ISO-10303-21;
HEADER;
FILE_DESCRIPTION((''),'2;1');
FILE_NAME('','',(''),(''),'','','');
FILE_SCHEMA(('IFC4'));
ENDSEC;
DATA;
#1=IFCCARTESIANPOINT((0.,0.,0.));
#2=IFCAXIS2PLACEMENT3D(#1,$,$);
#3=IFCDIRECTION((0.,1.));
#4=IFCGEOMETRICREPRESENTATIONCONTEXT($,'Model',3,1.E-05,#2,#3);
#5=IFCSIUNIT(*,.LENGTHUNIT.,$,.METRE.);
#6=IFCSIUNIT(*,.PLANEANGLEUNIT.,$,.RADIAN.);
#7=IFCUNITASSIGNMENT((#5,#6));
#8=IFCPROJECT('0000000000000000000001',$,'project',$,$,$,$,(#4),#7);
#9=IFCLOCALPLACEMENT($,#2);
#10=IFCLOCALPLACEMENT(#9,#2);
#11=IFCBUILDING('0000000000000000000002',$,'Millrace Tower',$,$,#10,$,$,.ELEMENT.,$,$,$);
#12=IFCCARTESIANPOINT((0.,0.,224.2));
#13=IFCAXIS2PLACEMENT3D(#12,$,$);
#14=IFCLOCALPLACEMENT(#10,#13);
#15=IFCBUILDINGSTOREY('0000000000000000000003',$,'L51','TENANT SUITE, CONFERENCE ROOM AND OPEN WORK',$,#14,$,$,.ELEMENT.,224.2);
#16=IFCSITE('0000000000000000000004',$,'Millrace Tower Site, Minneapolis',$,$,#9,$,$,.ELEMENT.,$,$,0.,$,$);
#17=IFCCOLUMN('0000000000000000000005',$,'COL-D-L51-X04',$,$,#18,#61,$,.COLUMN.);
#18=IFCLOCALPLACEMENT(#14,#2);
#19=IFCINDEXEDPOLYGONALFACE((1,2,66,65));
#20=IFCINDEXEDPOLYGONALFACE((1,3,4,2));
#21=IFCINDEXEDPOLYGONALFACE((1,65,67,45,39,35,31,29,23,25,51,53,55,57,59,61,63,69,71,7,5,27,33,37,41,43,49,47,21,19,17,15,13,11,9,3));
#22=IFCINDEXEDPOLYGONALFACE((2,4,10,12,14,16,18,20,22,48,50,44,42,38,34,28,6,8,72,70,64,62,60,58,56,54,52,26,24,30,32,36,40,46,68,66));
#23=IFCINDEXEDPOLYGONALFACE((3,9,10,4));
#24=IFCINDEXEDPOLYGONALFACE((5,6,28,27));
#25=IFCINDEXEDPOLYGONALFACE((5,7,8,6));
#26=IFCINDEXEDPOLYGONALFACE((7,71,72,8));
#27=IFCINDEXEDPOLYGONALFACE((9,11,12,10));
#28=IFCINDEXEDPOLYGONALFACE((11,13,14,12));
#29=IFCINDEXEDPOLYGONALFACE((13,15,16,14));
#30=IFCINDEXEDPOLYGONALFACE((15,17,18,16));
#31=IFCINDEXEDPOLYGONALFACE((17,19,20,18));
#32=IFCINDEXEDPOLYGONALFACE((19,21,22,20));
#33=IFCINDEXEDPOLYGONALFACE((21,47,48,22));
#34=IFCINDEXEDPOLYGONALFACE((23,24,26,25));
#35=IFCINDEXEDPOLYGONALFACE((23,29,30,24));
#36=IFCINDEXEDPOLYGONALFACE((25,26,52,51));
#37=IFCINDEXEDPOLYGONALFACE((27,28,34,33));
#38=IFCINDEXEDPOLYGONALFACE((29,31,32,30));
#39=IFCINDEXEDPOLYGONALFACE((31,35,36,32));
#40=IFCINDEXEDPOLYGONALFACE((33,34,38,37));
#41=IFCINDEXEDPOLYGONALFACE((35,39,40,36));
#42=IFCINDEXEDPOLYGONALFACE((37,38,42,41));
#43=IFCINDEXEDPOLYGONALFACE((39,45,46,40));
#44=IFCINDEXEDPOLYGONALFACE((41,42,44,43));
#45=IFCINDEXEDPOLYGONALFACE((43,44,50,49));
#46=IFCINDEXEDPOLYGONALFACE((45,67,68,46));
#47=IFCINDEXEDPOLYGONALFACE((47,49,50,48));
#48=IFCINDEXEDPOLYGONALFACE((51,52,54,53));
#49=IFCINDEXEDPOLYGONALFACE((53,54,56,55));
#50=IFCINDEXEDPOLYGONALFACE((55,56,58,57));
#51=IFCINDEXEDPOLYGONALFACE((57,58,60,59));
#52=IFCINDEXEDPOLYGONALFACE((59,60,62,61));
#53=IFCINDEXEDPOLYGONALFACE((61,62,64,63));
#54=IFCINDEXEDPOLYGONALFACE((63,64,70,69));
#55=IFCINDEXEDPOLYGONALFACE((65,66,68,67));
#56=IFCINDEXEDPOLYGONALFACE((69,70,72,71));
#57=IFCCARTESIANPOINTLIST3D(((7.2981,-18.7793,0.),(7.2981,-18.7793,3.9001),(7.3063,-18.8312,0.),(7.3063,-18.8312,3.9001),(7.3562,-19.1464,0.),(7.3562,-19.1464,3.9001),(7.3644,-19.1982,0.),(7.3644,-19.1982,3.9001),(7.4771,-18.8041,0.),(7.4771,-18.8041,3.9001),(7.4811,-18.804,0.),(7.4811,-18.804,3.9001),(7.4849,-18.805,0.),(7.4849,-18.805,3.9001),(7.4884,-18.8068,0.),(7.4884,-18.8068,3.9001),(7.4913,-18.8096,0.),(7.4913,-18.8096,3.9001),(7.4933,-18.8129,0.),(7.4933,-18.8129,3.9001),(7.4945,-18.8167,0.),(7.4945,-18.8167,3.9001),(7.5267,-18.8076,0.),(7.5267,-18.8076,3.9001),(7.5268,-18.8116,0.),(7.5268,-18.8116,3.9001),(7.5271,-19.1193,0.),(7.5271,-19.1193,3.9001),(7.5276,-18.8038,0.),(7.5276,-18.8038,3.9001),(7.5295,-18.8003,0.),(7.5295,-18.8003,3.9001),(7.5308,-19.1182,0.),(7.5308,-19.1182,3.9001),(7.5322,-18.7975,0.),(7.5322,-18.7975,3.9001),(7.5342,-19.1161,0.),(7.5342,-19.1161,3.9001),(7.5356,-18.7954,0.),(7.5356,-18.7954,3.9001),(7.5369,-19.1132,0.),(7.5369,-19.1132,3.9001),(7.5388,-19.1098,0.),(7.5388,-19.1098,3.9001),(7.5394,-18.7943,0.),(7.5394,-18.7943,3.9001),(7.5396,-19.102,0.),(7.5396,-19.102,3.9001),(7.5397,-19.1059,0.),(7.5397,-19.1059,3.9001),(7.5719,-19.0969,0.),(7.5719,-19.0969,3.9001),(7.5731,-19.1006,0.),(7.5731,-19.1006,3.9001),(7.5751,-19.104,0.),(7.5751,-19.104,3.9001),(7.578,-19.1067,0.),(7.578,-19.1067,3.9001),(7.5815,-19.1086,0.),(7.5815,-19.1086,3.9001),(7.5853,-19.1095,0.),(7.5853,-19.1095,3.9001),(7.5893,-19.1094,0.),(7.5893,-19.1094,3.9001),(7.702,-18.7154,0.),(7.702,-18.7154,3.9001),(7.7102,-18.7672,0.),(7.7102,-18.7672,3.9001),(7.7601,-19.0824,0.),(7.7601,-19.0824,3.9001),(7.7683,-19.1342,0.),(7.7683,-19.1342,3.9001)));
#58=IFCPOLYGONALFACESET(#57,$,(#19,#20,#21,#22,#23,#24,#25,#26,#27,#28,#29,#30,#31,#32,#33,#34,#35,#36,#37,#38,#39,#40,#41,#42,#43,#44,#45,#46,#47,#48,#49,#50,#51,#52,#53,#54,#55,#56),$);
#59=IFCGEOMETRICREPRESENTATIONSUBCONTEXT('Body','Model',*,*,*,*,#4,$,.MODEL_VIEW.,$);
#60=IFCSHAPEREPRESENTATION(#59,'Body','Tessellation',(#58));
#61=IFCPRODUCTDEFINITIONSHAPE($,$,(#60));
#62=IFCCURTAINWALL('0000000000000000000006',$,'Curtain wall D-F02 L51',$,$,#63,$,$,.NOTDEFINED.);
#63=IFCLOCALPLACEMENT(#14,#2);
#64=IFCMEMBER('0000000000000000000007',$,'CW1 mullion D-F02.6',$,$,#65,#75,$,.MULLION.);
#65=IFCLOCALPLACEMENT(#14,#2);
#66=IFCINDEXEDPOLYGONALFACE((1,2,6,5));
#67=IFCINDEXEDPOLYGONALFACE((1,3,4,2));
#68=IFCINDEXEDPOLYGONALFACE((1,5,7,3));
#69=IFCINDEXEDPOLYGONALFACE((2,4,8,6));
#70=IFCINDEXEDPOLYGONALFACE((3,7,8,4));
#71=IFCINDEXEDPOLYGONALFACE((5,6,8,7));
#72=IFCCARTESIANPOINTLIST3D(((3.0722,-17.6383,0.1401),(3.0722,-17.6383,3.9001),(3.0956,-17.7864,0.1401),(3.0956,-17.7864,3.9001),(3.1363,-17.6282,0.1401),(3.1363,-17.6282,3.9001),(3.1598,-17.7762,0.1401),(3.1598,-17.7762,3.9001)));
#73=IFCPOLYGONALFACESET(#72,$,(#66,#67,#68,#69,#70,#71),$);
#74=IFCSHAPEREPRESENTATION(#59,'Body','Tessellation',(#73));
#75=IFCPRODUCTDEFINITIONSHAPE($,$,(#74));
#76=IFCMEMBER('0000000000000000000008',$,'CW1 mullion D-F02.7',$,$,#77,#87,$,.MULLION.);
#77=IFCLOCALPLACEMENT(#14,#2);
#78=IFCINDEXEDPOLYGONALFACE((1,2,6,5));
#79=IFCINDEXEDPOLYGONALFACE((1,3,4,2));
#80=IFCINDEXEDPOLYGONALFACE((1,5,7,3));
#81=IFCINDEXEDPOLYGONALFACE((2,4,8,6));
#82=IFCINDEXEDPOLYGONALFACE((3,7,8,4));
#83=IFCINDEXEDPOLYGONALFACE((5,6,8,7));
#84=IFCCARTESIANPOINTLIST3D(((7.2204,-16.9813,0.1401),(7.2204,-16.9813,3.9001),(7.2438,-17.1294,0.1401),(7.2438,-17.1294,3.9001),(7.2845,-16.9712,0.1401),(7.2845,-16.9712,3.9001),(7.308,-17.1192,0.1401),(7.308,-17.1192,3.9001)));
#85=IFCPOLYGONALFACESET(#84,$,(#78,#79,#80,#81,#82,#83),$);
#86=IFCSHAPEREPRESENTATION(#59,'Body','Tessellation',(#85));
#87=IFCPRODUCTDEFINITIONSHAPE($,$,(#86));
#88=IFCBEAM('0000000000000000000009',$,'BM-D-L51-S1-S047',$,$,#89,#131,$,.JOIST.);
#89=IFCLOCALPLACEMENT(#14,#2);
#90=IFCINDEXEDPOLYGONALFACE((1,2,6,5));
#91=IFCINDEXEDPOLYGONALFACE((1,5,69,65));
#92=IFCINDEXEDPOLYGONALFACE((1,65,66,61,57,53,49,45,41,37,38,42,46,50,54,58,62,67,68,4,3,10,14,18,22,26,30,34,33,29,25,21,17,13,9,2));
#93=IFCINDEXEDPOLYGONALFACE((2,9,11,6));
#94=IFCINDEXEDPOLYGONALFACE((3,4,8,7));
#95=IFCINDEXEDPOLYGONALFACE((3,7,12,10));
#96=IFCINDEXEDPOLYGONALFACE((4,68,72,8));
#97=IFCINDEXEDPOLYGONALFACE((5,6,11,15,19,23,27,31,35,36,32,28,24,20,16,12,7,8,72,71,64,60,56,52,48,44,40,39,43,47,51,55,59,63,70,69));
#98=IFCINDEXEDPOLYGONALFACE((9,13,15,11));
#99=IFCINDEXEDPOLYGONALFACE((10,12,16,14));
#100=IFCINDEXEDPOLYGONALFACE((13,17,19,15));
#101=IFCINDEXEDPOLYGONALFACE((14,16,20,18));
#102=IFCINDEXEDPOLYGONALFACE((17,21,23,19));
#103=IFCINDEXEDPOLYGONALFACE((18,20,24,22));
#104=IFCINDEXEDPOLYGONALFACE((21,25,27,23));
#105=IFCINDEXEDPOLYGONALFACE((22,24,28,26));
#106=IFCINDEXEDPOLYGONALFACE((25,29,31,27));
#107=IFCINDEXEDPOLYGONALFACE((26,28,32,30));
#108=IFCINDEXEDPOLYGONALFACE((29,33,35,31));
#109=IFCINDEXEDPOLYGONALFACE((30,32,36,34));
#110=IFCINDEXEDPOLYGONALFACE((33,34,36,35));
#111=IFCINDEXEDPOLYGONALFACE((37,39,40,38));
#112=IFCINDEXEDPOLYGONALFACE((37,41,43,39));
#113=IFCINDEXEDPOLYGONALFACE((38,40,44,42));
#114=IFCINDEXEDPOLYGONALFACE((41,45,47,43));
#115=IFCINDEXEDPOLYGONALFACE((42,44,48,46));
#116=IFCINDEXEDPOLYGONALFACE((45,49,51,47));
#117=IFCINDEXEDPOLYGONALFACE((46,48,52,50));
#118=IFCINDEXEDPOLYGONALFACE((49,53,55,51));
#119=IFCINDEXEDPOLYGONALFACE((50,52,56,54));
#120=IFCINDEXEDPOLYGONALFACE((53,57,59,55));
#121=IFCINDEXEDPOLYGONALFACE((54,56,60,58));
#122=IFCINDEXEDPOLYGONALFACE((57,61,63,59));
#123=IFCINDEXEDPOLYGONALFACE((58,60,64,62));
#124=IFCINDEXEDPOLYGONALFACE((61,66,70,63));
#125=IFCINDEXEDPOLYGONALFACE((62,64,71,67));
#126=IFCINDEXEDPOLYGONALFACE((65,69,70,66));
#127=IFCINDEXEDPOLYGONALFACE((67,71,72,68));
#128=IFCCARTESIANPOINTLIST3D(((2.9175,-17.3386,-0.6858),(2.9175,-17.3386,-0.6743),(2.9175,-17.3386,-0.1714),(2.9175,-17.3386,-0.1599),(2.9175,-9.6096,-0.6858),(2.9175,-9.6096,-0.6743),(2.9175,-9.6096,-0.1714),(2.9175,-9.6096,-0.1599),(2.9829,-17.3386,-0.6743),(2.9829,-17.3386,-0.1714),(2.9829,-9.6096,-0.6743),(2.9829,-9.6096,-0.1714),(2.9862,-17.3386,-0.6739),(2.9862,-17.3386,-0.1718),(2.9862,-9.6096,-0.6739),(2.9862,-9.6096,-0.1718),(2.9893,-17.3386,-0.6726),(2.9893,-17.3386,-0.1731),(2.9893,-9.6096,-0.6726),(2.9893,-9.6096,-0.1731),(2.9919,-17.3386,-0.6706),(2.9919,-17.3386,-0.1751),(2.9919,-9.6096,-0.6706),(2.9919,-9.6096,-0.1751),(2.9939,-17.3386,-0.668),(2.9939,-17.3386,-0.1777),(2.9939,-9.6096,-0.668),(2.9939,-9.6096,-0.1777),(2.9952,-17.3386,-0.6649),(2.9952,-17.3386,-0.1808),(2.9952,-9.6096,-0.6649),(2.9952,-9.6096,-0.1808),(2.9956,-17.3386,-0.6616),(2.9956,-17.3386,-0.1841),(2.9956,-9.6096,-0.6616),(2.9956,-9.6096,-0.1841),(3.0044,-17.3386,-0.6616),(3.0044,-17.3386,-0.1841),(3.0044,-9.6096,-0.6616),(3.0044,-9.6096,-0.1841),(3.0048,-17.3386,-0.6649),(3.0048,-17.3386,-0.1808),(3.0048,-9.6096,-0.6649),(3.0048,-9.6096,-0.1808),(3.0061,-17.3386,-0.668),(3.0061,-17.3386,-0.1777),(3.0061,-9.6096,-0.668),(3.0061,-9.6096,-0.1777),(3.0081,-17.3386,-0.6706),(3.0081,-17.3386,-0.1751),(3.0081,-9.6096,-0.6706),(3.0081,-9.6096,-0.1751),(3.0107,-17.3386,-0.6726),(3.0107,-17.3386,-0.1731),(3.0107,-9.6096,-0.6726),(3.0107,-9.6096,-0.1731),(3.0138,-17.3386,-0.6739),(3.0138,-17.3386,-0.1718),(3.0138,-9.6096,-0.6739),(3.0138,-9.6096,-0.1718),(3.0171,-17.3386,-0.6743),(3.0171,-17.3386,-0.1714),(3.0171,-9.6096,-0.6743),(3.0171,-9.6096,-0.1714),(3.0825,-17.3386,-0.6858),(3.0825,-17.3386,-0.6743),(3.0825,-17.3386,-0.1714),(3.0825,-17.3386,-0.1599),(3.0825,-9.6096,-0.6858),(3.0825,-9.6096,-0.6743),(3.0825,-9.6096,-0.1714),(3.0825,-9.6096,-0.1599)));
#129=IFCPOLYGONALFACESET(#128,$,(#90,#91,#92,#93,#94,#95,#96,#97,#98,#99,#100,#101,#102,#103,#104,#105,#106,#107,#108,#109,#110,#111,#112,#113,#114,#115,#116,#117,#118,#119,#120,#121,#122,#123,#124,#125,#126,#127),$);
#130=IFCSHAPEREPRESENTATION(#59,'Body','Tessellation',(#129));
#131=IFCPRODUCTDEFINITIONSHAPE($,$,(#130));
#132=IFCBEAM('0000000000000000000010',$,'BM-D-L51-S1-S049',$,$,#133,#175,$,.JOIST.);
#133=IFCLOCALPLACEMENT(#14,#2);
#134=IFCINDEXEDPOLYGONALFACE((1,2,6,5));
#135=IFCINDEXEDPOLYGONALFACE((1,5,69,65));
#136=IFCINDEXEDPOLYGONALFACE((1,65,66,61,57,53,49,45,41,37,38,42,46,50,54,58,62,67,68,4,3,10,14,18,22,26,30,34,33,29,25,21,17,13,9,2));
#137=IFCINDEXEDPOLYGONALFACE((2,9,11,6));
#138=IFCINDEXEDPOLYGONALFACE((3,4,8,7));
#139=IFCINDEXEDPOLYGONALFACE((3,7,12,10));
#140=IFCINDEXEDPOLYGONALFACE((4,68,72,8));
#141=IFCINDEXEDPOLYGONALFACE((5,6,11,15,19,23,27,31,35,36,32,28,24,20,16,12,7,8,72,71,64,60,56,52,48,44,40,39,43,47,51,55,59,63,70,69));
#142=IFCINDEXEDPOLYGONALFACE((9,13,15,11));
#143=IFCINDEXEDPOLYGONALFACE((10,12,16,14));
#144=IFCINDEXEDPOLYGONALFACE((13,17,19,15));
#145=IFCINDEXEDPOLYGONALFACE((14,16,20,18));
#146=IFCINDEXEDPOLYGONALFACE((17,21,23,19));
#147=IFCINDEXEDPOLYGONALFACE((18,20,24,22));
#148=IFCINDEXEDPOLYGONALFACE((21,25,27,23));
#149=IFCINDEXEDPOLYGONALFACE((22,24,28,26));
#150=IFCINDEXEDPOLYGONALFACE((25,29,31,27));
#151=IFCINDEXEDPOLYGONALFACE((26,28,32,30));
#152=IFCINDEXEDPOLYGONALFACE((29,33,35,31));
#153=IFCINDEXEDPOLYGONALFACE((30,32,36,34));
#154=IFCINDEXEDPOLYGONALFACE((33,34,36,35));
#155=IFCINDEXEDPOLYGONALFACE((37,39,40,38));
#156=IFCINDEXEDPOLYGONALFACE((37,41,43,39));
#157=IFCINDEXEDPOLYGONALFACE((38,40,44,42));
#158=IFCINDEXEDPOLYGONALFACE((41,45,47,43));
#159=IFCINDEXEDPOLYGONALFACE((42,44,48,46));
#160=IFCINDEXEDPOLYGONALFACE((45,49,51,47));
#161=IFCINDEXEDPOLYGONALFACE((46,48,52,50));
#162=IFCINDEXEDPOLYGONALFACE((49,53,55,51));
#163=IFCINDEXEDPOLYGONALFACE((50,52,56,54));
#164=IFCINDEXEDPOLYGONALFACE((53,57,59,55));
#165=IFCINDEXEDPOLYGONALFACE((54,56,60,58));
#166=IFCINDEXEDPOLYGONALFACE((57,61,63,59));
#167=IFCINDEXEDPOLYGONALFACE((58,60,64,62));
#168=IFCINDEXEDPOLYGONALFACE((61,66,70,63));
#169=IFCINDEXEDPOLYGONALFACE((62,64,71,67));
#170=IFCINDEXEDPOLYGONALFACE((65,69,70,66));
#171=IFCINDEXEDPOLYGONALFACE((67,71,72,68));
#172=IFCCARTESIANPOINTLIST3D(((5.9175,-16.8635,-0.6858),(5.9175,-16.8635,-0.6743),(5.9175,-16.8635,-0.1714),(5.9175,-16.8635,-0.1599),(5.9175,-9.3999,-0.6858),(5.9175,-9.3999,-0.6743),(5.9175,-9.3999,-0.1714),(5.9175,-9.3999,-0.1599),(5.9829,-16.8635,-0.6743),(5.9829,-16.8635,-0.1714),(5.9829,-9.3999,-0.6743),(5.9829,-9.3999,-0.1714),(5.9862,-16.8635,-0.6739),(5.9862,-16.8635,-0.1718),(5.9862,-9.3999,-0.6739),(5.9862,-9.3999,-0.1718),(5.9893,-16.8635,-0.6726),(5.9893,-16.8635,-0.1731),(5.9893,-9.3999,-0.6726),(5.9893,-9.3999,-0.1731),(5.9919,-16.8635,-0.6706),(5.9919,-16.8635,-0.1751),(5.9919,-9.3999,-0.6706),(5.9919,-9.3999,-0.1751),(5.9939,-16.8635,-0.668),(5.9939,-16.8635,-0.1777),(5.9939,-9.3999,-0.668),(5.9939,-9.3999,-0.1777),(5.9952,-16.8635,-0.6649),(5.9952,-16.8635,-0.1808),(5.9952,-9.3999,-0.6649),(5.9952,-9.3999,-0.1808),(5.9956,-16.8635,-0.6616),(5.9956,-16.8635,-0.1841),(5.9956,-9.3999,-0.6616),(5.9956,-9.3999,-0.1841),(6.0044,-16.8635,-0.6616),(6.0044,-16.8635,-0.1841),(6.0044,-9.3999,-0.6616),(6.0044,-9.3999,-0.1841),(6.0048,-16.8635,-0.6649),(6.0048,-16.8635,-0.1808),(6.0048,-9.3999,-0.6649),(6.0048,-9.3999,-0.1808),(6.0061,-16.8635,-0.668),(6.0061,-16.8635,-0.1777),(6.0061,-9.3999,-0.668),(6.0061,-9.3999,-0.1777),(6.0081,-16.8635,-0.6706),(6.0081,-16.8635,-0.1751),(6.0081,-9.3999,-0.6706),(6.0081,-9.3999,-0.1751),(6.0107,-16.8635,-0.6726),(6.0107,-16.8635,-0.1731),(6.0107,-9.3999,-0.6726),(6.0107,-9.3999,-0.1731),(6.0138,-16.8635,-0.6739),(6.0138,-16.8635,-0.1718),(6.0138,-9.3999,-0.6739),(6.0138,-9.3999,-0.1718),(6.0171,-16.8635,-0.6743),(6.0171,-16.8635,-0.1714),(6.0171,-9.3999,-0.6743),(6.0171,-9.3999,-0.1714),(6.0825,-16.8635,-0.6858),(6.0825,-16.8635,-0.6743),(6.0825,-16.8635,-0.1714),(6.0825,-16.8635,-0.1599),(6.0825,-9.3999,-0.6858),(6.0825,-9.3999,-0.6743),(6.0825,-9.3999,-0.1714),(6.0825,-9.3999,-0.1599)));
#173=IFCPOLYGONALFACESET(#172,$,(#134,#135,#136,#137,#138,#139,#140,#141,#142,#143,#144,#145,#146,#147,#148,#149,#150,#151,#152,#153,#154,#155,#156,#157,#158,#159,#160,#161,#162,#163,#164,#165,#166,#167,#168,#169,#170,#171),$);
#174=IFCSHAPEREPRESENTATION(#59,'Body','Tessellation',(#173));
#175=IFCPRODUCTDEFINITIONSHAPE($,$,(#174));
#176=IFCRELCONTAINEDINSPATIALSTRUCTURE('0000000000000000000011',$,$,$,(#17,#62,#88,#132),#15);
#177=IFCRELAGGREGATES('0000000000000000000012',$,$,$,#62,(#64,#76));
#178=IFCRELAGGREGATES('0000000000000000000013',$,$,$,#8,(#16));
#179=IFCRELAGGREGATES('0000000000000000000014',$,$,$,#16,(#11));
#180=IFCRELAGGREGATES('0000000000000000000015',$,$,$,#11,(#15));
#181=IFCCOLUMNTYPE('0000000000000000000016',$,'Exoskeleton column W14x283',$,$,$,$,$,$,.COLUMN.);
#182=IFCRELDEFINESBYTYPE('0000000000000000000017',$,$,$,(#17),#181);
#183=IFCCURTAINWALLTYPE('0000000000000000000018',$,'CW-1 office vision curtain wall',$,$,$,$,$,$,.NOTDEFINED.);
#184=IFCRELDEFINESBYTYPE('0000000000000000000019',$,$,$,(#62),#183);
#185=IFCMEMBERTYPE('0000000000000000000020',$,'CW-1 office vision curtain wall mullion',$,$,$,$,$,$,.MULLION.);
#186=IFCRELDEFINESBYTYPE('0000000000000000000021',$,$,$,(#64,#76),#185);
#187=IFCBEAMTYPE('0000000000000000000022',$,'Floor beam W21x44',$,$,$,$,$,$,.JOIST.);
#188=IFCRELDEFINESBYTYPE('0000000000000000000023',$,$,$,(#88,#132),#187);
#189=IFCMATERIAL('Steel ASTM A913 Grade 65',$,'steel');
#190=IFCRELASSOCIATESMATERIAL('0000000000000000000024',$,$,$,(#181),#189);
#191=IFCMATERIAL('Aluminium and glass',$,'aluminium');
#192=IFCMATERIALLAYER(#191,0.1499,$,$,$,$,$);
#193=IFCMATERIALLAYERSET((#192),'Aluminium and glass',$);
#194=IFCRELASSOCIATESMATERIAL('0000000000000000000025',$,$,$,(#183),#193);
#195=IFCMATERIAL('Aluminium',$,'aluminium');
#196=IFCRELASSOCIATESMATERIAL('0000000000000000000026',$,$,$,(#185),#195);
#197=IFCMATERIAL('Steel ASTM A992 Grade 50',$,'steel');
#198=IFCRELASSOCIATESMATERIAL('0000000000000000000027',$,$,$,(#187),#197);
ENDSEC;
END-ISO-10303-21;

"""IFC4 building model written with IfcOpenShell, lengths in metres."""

from ifc_helpers import new_model, si_unit, direction, frame, origin, origin_2d, place, context, subcontext, project, spatial, rectangle, i_section, extrude, material, layer, layer_set, material_profile, profile_set, type_object, element, aggregate, save


model = new_model("IFC4")

# Units and contexts
model_context = context("Model", 3, precision=1e-05, world=origin(), true_north=direction((0.0, 1.0)))
body_context = subcontext(model_context, "Body", "Model", "MODEL_VIEW")
ifc_project = project(units=[si_unit("LENGTHUNIT", "METRE"), si_unit("PLANEANGLEUNIT", "RADIAN")], contexts=[model_context])

# Site, building, storey
site_placement = place(None, origin())
site = spatial("IfcSite", under=ifc_project, at=site_placement, Name="Millrace Tower Site, Minneapolis", CompositionType="ELEMENT", RefElevation=0.0)
building_placement = place(site_placement, origin())
building = spatial("IfcBuilding", under=site, at=building_placement, Name="Millrace Tower", CompositionType="ELEMENT")
storey_placement = place(building_placement, frame((0.0, 0.0, 224.2)))
storey = spatial("IfcBuildingStorey", under=building, at=storey_placement, Name="L51", Description="TENANT SUITE, CONFERENCE ROOM AND OPEN WORK", CompositionType="ELEMENT", Elevation=224.2)

# Column
ifc_material_1 = material(Name="Steel ASTM A913 Grade 65", Category="steel")
ifc_material_profile_1 = material_profile(ifc_material_1, i_section(OverallWidth=0.4089, OverallDepth=0.4241, WebThickness=0.0327, FlangeThickness=0.0525, FilletRadius=0.0151, at=origin_2d()))
ifc_profile_set_1 = profile_set([ifc_material_profile_1], Name="Steel ASTM A913 Grade 65")
column_type = type_object("IfcColumnType", Name="Exoskeleton column W14x283", PredefinedType="COLUMN", material=ifc_profile_set_1)
column_placement = place(storey_placement, frame((7.5332, -18.9568, 0.0), z_axis=(0.0, 0.0, 1.0), x_axis=(0.987688, 0.156434, 0.0)))
element("IfcColumn", 1, at=column_placement, inside=storey, type_object=column_type, Name="COL-D-L51-X04", PredefinedType="COLUMN", context=body_context, shape_type="SweptSolid", body=[
    extrude(i_section(OverallWidth=0.4089, OverallDepth=0.4241, WebThickness=0.0327, FlangeThickness=0.0525, FilletRadius=0.0151, at=origin_2d()), origin(), (0.0, 0.0, 1.0), 3.9001),
])

# Curtain wall, members
ifc_material_2 = material(Name="Aluminium and glass", Category="aluminium")
ifc_layer_1 = layer(ifc_material_2, 0.1499)
ifc_layer_set_1 = layer_set([ifc_layer_1], Name="Aluminium and glass")
curtain_wall_type = type_object("IfcCurtainWallType", Name="CW-1 office vision curtain wall", PredefinedType="NOTDEFINED", material=ifc_layer_set_1)
placement = place(storey_placement, origin())
curtain_wall_1 = element("IfcCurtainWall", 2, at=placement, inside=storey, type_object=curtain_wall_type, Name="Curtain wall D-F02 L51", PredefinedType="NOTDEFINED")
ifc_material_3 = material(Name="Aluminium", Category="aluminium")
ifc_material_profile_2 = material_profile(ifc_material_3, rectangle(XDim=0.0649, YDim=0.1499, at=origin_2d()))
ifc_profile_set_2 = profile_set([ifc_material_profile_2], Name="Aluminium")
member_type = type_object("IfcMemberType", Name="CW-1 office vision curtain wall mullion", PredefinedType="MULLION", material=ifc_profile_set_2)
member_1_placement = place(storey_placement, frame((3.116, -17.7073, 0.1401), z_axis=(0.0, 0.0, 1.0), x_axis=(0.987688, 0.156434, 0.0)))
member_1 = element("IfcMember", 3, at=member_1_placement, type_object=member_type, Name="CW1 mullion D-F02.6", PredefinedType="MULLION", context=body_context, shape_type="SweptSolid", body=[
    extrude(rectangle(XDim=0.0649, YDim=0.1499, at=origin_2d()), origin(), (0.0, 0.0, 1.0), 3.76),
])
member_2_placement = place(storey_placement, frame((7.2642, -17.0503, 0.1401), z_axis=(0.0, 0.0, 1.0), x_axis=(0.987688, 0.156434, 0.0)))
member_2 = element("IfcMember", 4, at=member_2_placement, type_object=member_type, Name="CW1 mullion D-F02.7", PredefinedType="MULLION", context=body_context, shape_type="SweptSolid", body=[
    extrude(rectangle(XDim=0.0649, YDim=0.1499, at=origin_2d()), origin(), (0.0, 0.0, 1.0), 3.76),
])
aggregate(curtain_wall_1, [member_1, member_2])

# Beams
ifc_material_4 = material(Name="Steel ASTM A992 Grade 50", Category="steel")
ifc_material_profile_3 = material_profile(ifc_material_4, i_section(OverallWidth=0.165, OverallDepth=0.5259, WebThickness=0.0088, FlangeThickness=0.0115, FilletRadius=0.0127, at=origin_2d()))
ifc_profile_set_3 = profile_set([ifc_material_profile_3], Name="Steel ASTM A992 Grade 50")
beam_type_1 = type_object("IfcBeamType", Name="Floor beam W21x44", PredefinedType="JOIST", material=ifc_profile_set_3)
beam_1_placement = place(storey_placement, frame((3.0, -17.3386, -0.4229), z_axis=(0.0, 1.0, 0.0), x_axis=(-1.0, 0.0, 0.0)))
element("IfcBeam", 5, at=beam_1_placement, inside=storey, type_object=beam_type_1, Name="BM-D-L51-S1-S047", PredefinedType="JOIST", context=body_context, shape_type="SweptSolid", body=[
    extrude(i_section(OverallWidth=0.165, OverallDepth=0.5259, WebThickness=0.0088, FlangeThickness=0.0115, FilletRadius=0.0127, at=origin_2d()), origin(), (0.0, 0.0, 1.0), 7.729),
])
beam_2_placement = place(storey_placement, frame((6.0, -16.8635, -0.4229), z_axis=(0.0, 1.0, 0.0), x_axis=(-1.0, 0.0, 0.0)))
element("IfcBeam", 6, at=beam_2_placement, inside=storey, type_object=beam_type_1, Name="BM-D-L51-S1-S049", PredefinedType="JOIST", context=body_context, shape_type="SweptSolid", body=[
    extrude(i_section(OverallWidth=0.165, OverallDepth=0.5259, WebThickness=0.0088, FlangeThickness=0.0115, FilletRadius=0.0127, at=origin_2d()), origin(), (0.0, 0.0, 1.0), 7.4636),
])

save(model, "model.ifc")
